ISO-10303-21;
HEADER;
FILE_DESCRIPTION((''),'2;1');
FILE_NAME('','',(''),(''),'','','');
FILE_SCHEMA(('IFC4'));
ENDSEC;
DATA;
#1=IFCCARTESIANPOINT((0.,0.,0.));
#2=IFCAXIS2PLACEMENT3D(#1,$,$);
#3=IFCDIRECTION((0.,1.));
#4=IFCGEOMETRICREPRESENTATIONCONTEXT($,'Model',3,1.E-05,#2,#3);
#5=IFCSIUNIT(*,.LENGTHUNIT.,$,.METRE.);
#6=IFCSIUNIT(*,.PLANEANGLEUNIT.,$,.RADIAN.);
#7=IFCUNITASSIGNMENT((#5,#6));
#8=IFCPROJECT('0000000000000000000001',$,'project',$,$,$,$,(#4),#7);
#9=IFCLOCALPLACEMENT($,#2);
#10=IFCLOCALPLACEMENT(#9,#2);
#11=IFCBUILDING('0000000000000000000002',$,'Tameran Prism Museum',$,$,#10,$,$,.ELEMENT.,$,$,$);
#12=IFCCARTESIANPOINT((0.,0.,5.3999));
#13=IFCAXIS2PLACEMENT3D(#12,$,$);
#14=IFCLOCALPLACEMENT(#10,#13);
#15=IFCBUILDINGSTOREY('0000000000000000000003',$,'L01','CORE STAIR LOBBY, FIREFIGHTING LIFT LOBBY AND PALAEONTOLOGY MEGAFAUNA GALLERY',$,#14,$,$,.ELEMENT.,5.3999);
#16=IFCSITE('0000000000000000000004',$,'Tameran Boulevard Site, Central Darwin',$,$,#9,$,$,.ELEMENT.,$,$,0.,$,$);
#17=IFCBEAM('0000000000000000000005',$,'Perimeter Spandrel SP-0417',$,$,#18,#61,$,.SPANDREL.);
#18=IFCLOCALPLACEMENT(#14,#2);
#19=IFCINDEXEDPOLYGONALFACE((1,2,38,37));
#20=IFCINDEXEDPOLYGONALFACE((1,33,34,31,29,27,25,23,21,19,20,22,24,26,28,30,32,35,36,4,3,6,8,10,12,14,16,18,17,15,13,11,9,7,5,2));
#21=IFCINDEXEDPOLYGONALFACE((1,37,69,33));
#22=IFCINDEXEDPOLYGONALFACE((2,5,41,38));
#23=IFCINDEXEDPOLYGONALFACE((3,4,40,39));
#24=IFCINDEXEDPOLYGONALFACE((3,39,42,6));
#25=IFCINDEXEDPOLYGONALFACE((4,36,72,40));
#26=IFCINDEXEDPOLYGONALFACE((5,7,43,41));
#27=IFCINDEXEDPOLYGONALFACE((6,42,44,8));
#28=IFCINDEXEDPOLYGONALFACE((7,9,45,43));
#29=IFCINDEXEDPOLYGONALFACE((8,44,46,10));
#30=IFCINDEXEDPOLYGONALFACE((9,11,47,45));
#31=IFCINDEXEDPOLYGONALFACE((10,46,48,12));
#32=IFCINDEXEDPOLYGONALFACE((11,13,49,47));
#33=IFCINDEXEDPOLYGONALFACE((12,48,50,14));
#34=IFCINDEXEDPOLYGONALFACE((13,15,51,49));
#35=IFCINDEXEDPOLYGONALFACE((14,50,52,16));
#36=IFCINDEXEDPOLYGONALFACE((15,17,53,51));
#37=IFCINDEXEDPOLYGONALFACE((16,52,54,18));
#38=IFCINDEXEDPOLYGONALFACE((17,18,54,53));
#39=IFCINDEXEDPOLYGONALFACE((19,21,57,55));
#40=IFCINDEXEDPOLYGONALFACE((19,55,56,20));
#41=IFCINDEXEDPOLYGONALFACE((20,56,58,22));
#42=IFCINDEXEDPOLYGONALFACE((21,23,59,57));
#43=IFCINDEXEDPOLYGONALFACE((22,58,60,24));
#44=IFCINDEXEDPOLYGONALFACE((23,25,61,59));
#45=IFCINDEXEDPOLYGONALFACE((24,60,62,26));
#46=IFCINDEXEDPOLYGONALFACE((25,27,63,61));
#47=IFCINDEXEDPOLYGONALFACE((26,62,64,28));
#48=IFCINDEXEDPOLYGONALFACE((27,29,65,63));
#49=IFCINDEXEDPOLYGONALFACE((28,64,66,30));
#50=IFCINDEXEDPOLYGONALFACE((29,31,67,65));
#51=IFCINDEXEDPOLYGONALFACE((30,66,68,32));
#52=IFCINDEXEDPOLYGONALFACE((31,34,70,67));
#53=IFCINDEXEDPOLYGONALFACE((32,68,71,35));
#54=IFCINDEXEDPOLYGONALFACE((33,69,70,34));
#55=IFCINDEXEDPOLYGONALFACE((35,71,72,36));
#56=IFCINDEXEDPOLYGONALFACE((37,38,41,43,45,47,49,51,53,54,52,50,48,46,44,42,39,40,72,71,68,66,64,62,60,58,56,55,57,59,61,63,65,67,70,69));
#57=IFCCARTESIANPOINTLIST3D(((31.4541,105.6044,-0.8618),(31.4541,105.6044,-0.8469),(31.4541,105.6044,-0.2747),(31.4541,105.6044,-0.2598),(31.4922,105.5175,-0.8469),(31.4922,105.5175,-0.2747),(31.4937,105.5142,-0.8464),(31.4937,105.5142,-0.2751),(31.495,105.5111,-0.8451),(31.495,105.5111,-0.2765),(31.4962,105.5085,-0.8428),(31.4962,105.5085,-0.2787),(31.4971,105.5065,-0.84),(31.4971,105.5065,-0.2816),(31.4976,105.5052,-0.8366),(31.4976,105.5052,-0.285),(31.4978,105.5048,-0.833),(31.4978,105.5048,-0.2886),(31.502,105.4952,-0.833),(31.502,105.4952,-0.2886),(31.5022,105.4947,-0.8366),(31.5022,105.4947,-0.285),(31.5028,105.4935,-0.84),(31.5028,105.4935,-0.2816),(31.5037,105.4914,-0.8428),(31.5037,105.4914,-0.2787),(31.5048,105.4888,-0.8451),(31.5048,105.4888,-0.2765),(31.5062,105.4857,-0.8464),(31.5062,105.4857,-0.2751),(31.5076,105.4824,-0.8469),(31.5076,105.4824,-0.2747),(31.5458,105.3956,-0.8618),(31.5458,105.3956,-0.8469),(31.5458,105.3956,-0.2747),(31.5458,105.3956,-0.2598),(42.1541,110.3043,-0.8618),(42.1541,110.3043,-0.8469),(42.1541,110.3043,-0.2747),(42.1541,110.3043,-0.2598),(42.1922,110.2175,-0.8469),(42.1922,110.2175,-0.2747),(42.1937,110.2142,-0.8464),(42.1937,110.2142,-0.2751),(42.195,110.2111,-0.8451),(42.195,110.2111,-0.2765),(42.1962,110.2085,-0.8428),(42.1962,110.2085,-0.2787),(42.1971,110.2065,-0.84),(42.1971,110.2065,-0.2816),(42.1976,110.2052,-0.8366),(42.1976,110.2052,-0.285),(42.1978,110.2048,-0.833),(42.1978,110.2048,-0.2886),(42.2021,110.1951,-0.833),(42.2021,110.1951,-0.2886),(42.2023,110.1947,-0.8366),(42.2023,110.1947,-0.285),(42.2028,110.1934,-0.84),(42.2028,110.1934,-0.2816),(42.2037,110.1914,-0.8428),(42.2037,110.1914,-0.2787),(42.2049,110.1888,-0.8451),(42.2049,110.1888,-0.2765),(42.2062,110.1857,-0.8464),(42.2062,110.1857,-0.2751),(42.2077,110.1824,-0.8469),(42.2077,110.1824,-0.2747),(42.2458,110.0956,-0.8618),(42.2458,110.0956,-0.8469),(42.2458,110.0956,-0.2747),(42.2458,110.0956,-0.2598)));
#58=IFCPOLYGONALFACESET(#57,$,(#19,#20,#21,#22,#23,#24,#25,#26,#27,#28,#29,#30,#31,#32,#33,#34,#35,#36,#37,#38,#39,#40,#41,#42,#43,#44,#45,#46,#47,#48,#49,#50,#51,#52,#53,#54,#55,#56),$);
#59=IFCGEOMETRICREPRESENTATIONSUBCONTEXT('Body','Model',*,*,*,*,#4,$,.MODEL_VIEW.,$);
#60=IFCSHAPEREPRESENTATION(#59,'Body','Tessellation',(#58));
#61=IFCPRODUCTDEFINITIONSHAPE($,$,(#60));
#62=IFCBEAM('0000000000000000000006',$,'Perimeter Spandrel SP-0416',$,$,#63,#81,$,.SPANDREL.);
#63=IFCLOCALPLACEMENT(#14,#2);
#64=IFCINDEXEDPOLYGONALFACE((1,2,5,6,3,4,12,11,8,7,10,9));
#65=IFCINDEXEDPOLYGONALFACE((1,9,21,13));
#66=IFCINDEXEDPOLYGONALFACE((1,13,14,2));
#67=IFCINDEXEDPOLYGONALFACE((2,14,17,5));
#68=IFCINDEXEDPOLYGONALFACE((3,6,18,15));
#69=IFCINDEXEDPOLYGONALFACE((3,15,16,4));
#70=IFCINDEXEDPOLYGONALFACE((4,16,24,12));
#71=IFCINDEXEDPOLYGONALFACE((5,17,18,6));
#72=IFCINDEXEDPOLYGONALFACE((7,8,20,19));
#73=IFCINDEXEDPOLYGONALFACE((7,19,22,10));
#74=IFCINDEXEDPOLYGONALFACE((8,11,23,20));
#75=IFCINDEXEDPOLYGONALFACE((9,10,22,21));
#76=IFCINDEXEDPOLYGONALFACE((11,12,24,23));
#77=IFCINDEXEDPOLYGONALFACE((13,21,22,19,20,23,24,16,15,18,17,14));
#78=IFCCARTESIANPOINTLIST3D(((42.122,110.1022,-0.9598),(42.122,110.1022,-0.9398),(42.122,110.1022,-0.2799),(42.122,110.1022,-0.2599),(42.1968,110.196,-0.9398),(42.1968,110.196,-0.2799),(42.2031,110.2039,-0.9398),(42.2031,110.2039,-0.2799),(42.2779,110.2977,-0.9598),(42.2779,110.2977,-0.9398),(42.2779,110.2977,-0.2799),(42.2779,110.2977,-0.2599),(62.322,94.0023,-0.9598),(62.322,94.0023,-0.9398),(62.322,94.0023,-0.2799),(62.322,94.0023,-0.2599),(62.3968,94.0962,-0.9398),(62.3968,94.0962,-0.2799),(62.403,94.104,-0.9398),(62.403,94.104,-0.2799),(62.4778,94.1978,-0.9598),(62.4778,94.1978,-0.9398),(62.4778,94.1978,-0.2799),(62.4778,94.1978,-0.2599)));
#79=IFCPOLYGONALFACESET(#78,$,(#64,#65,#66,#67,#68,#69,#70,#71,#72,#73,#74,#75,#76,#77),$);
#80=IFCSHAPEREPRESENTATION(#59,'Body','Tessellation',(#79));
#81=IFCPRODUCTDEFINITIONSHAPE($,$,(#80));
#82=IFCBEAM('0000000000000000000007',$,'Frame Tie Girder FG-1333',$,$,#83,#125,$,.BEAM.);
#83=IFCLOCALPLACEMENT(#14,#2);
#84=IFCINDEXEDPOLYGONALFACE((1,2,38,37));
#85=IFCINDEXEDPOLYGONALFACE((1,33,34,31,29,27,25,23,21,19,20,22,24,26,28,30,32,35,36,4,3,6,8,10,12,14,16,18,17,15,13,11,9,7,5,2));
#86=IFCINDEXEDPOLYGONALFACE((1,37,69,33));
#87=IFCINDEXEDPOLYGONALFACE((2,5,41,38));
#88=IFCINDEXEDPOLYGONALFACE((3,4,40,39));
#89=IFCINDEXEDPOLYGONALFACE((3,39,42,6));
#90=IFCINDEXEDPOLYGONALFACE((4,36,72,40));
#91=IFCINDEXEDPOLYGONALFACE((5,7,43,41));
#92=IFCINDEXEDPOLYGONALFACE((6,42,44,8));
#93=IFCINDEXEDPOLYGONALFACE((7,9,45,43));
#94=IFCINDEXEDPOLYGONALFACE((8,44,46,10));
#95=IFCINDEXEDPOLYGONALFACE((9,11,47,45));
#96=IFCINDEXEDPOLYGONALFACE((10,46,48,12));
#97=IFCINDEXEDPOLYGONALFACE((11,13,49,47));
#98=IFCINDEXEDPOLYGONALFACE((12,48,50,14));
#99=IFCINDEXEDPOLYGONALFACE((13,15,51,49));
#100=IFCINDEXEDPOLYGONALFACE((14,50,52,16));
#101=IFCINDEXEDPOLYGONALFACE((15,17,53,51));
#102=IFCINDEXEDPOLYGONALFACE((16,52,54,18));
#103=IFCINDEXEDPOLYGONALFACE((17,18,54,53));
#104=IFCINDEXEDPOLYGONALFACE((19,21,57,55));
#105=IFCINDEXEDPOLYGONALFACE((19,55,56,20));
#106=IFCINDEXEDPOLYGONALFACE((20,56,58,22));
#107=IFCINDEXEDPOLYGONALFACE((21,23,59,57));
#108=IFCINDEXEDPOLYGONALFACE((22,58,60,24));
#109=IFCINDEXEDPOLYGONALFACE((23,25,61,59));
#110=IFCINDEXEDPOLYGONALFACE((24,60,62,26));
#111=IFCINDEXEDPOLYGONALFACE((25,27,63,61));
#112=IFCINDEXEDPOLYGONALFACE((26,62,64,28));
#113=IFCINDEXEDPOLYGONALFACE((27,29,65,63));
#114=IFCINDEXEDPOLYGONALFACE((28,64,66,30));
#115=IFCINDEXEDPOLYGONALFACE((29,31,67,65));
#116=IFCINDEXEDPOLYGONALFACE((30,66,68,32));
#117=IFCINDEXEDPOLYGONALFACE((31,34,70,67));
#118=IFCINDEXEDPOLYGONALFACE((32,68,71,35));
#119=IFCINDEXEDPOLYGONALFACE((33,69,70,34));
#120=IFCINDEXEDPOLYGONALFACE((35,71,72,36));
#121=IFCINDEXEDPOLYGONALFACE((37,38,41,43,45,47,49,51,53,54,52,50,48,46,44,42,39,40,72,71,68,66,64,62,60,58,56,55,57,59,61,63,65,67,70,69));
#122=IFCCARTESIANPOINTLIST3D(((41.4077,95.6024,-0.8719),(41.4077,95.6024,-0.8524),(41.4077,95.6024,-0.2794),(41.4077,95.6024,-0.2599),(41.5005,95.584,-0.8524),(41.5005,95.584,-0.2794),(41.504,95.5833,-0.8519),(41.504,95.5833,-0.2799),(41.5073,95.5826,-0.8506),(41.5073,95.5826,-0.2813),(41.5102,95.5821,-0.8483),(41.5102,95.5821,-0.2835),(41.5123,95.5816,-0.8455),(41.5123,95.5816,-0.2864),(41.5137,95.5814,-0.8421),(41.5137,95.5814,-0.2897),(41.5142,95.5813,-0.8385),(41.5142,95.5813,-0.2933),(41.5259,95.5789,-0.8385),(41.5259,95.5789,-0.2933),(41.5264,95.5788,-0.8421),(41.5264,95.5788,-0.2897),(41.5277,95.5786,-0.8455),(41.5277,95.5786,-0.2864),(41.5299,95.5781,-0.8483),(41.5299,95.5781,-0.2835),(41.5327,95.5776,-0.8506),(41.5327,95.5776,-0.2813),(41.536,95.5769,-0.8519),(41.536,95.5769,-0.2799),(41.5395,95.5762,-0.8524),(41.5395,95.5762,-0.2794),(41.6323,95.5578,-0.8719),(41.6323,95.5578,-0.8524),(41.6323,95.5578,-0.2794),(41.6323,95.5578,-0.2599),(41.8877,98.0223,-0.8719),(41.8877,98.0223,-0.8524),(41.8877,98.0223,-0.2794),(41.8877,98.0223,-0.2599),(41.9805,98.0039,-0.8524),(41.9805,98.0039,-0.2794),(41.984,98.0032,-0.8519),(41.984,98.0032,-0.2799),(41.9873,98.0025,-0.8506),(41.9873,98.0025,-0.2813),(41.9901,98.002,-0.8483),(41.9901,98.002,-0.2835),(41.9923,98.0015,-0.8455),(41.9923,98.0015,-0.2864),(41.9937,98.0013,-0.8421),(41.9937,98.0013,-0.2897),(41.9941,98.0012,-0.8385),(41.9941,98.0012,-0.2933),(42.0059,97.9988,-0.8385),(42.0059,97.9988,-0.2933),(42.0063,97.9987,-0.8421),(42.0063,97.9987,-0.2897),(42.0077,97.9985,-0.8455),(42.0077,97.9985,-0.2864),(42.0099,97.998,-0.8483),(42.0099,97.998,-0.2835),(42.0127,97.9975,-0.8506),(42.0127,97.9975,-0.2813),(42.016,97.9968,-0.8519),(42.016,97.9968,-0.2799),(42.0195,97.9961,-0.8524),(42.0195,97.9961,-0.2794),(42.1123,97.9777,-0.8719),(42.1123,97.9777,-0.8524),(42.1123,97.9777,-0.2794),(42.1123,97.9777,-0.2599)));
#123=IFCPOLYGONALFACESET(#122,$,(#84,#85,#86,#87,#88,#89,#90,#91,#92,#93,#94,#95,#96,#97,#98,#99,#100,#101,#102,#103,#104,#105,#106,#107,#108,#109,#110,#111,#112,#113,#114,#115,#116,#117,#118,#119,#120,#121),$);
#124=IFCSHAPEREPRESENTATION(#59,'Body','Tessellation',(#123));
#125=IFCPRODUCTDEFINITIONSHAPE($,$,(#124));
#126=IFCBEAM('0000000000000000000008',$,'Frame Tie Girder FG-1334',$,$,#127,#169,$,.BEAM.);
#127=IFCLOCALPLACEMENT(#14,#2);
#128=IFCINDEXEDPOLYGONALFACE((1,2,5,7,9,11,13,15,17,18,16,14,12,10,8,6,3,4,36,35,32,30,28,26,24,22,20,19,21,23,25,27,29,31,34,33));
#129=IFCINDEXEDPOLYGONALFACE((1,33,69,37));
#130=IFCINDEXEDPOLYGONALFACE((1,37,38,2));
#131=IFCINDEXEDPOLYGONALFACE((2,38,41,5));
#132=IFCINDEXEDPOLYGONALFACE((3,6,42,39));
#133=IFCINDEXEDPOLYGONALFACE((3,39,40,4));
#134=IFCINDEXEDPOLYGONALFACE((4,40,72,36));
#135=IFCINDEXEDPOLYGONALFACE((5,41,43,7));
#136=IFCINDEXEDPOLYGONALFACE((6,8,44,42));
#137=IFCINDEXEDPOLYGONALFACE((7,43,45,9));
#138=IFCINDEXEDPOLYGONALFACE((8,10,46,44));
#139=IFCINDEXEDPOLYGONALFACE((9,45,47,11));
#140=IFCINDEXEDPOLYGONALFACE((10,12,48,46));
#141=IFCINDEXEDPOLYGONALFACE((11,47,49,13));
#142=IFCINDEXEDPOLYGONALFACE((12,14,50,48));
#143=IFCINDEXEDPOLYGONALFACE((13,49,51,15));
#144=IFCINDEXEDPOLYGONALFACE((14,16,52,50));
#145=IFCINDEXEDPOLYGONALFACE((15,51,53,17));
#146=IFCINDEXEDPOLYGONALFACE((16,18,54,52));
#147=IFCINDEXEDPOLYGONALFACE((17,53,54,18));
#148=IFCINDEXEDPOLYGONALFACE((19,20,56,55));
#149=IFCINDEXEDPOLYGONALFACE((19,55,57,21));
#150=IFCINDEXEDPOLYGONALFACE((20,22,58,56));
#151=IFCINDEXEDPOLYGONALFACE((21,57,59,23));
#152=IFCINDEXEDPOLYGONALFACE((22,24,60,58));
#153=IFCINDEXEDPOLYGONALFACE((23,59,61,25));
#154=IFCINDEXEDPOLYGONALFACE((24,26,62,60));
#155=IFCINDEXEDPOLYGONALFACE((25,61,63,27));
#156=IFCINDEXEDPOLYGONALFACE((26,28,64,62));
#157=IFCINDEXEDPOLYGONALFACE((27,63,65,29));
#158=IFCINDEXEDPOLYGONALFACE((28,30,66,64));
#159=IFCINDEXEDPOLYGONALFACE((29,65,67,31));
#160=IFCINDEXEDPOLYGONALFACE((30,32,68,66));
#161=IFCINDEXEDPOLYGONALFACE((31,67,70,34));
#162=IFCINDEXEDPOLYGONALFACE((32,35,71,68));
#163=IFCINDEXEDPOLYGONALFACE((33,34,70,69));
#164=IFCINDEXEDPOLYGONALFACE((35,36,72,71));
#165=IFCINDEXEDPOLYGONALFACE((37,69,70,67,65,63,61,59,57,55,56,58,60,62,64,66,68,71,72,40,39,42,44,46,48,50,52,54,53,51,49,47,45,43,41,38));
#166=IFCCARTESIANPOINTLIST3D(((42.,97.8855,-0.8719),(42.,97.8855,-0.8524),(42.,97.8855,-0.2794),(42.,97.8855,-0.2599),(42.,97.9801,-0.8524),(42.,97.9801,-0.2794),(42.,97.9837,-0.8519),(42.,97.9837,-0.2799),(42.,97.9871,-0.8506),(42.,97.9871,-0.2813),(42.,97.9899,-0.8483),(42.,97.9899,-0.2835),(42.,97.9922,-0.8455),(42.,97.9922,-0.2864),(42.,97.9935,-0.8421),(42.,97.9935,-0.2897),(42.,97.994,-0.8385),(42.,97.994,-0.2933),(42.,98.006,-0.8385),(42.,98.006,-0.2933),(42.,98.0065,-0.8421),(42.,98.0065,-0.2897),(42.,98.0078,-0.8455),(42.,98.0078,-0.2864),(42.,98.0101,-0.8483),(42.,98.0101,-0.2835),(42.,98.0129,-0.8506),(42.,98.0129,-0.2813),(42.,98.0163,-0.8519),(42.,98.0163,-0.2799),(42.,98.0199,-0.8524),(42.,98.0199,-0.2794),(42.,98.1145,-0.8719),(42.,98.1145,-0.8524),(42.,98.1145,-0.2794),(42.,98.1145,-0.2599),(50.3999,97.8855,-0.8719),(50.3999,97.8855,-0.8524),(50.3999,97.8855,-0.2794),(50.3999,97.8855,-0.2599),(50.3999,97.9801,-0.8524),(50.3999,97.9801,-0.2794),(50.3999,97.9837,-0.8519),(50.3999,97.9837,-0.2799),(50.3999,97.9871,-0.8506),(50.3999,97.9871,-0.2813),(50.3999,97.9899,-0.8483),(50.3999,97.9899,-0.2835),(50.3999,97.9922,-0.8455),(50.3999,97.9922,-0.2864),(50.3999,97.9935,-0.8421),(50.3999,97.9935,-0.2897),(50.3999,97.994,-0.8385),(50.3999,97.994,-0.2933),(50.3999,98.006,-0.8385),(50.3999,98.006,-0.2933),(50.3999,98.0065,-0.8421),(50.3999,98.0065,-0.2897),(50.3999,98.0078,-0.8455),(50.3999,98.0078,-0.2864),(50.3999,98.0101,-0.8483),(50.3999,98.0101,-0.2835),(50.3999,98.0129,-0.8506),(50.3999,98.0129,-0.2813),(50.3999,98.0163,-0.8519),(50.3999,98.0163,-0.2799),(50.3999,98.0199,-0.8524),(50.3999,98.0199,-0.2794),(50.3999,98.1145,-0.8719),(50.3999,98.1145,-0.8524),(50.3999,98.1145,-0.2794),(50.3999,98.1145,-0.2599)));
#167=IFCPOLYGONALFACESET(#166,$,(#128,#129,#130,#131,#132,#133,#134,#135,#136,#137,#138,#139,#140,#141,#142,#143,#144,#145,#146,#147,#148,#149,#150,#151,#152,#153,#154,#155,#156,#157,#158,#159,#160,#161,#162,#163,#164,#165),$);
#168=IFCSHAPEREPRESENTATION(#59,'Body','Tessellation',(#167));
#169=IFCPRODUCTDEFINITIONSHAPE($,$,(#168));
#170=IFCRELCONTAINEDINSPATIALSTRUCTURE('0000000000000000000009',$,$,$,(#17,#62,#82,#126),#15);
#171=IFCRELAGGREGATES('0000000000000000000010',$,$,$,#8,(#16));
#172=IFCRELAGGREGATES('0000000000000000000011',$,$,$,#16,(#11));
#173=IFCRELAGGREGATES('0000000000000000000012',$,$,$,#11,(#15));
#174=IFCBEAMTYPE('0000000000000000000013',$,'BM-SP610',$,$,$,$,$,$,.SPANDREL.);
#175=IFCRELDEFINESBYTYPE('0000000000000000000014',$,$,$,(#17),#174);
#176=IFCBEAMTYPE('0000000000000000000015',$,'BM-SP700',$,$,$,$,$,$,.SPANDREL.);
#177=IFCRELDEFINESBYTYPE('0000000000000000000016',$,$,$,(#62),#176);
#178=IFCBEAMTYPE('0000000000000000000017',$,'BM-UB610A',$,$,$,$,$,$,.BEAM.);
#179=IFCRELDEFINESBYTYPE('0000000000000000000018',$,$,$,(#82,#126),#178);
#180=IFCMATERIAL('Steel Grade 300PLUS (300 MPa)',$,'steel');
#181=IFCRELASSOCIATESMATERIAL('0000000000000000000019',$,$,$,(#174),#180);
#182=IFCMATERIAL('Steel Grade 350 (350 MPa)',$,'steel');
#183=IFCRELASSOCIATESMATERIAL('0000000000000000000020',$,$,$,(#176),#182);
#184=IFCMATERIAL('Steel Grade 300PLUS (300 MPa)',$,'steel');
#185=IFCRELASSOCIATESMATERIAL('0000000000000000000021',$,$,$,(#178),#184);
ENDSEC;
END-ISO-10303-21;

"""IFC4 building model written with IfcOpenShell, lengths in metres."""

from ifc_helpers import new_model, si_unit, direction, frame, origin, origin_2d, place, context, subcontext, project, spatial, i_section, extrude, material, material_profile, profile_set, type_object, element, save


model = new_model("IFC4")

# Units and contexts
model_context = context("Model", 3, precision=1e-05, world=origin(), true_north=direction((0.0, 1.0)))
body_context = subcontext(model_context, "Body", "Model", "MODEL_VIEW")
ifc_project = project(units=[si_unit("LENGTHUNIT", "METRE"), si_unit("PLANEANGLEUNIT", "RADIAN")], contexts=[model_context])

# Site, building, storey
site_placement = place(None, origin())
site = spatial("IfcSite", under=ifc_project, at=site_placement, Name="Tameran Boulevard Site, Central Darwin", CompositionType="ELEMENT", RefElevation=0.0)
building_placement = place(site_placement, origin())
building = spatial("IfcBuilding", under=site, at=building_placement, Name="Tameran Prism Museum", CompositionType="ELEMENT")
storey_placement = place(building_placement, frame((0.0, 0.0, 5.3999)))
storey = spatial("IfcBuildingStorey", under=building, at=storey_placement, Name="L01", Description="CORE STAIR LOBBY, FIREFIGHTING LIFT LOBBY AND PALAEONTOLOGY MEGAFAUNA GALLERY", CompositionType="ELEMENT", Elevation=5.3999)

# Beams
ifc_material_1 = material(Name="Steel Grade 300PLUS (300 MPa)", Category="steel")
ifc_material_profile_1 = material_profile(ifc_material_1, i_section(OverallWidth=0.228, OverallDepth=0.6021, WebThickness=0.0105, FlangeThickness=0.0149, FilletRadius=0.0139, at=origin_2d()))
ifc_profile_set_1 = profile_set([ifc_material_profile_1])
beam_type_1 = type_object("IfcBeamType", Name="BM-SP610", PredefinedType="SPANDREL", material=ifc_profile_set_1)
beam_1_placement = place(storey_placement, frame((42.2, 110.2, -0.5608), z_axis=(-0.915568, -0.402163, 0.0), x_axis=(0.402163, -0.915568, 0.0)))
element("IfcBeam", 1, at=beam_1_placement, inside=storey, type_object=beam_type_1, Name="Perimeter Spandrel SP-0417", PredefinedType="SPANDREL", context=body_context, shape_type="SweptSolid", body=[
    extrude(i_section(OverallWidth=0.228, OverallDepth=0.6021, WebThickness=0.0105, FlangeThickness=0.0149, FilletRadius=0.0139, at=origin_2d()), origin(), (0.0, 0.0, 1.0), 11.6868),
])
ifc_material_2 = material(Name="Steel Grade 350 (350 MPa)", Category="steel")
ifc_material_profile_2 = material_profile(ifc_material_2, i_section(OverallWidth=0.25, OverallDepth=0.7, WebThickness=0.01, FlangeThickness=0.02, at=origin_2d()))
ifc_profile_set_2 = profile_set([ifc_material_profile_2])
beam_type_2 = type_object("IfcBeamType", Name="BM-SP700", PredefinedType="SPANDREL", material=ifc_profile_set_2)
beam_2_placement = place(storey_placement, frame((62.3999, 94.1001, -0.6099), z_axis=(-0.782003, 0.623275, 0.0), x_axis=(-0.623275, -0.782003, 0.0)))
element("IfcBeam", 2, at=beam_2_placement, inside=storey, type_object=beam_type_2, Name="Perimeter Spandrel SP-0416", PredefinedType="SPANDREL", context=body_context, shape_type="SweptSolid", body=[
    extrude(i_section(OverallWidth=0.25, OverallDepth=0.7, WebThickness=0.01, FlangeThickness=0.02, at=origin_2d()), origin(), (0.0, 0.0, 1.0), 25.8311),
])
ifc_material_3 = material(Name="Steel Grade 300PLUS (300 MPa)", Category="steel")
ifc_material_profile_3 = material_profile(ifc_material_3, i_section(OverallWidth=0.229, OverallDepth=0.6121, WebThickness=0.012, FlangeThickness=0.0195, FilletRadius=0.0139, at=origin_2d()))
ifc_profile_set_3 = profile_set([ifc_material_profile_3])
beam_type_3 = type_object("IfcBeamType", Name="BM-UB610A", PredefinedType="BEAM", material=ifc_profile_set_3)
beam_3_placement = place(storey_placement, frame((42.0, 98.0, -0.5659), z_axis=(-0.194555, -0.980892, 0.0), x_axis=(0.980892, -0.194555, 0.0)))
element("IfcBeam", 3, at=beam_3_placement, inside=storey, type_object=beam_type_3, Name="Frame Tie Girder FG-1333", PredefinedType="BEAM", context=body_context, shape_type="SweptSolid", body=[
    extrude(i_section(OverallWidth=0.229, OverallDepth=0.6121, WebThickness=0.012, FlangeThickness=0.0195, FilletRadius=0.0139, at=origin_2d()), origin(), (0.0, 0.0, 1.0), 2.467),
])
beam_4_placement = place(storey_placement, frame((42.0, 98.0, -0.5659), z_axis=(1.0, 0.0, 0.0), x_axis=(0.0, 1.0, 0.0)))
element("IfcBeam", 4, at=beam_4_placement, inside=storey, type_object=beam_type_3, Name="Frame Tie Girder FG-1334", PredefinedType="BEAM", context=body_context, shape_type="SweptSolid", body=[
    extrude(i_section(OverallWidth=0.229, OverallDepth=0.6121, WebThickness=0.012, FlangeThickness=0.0195, FilletRadius=0.0139, at=origin_2d()), origin(), (0.0, 0.0, 1.0), 8.3999),
])

save(model, "model.ifc")
